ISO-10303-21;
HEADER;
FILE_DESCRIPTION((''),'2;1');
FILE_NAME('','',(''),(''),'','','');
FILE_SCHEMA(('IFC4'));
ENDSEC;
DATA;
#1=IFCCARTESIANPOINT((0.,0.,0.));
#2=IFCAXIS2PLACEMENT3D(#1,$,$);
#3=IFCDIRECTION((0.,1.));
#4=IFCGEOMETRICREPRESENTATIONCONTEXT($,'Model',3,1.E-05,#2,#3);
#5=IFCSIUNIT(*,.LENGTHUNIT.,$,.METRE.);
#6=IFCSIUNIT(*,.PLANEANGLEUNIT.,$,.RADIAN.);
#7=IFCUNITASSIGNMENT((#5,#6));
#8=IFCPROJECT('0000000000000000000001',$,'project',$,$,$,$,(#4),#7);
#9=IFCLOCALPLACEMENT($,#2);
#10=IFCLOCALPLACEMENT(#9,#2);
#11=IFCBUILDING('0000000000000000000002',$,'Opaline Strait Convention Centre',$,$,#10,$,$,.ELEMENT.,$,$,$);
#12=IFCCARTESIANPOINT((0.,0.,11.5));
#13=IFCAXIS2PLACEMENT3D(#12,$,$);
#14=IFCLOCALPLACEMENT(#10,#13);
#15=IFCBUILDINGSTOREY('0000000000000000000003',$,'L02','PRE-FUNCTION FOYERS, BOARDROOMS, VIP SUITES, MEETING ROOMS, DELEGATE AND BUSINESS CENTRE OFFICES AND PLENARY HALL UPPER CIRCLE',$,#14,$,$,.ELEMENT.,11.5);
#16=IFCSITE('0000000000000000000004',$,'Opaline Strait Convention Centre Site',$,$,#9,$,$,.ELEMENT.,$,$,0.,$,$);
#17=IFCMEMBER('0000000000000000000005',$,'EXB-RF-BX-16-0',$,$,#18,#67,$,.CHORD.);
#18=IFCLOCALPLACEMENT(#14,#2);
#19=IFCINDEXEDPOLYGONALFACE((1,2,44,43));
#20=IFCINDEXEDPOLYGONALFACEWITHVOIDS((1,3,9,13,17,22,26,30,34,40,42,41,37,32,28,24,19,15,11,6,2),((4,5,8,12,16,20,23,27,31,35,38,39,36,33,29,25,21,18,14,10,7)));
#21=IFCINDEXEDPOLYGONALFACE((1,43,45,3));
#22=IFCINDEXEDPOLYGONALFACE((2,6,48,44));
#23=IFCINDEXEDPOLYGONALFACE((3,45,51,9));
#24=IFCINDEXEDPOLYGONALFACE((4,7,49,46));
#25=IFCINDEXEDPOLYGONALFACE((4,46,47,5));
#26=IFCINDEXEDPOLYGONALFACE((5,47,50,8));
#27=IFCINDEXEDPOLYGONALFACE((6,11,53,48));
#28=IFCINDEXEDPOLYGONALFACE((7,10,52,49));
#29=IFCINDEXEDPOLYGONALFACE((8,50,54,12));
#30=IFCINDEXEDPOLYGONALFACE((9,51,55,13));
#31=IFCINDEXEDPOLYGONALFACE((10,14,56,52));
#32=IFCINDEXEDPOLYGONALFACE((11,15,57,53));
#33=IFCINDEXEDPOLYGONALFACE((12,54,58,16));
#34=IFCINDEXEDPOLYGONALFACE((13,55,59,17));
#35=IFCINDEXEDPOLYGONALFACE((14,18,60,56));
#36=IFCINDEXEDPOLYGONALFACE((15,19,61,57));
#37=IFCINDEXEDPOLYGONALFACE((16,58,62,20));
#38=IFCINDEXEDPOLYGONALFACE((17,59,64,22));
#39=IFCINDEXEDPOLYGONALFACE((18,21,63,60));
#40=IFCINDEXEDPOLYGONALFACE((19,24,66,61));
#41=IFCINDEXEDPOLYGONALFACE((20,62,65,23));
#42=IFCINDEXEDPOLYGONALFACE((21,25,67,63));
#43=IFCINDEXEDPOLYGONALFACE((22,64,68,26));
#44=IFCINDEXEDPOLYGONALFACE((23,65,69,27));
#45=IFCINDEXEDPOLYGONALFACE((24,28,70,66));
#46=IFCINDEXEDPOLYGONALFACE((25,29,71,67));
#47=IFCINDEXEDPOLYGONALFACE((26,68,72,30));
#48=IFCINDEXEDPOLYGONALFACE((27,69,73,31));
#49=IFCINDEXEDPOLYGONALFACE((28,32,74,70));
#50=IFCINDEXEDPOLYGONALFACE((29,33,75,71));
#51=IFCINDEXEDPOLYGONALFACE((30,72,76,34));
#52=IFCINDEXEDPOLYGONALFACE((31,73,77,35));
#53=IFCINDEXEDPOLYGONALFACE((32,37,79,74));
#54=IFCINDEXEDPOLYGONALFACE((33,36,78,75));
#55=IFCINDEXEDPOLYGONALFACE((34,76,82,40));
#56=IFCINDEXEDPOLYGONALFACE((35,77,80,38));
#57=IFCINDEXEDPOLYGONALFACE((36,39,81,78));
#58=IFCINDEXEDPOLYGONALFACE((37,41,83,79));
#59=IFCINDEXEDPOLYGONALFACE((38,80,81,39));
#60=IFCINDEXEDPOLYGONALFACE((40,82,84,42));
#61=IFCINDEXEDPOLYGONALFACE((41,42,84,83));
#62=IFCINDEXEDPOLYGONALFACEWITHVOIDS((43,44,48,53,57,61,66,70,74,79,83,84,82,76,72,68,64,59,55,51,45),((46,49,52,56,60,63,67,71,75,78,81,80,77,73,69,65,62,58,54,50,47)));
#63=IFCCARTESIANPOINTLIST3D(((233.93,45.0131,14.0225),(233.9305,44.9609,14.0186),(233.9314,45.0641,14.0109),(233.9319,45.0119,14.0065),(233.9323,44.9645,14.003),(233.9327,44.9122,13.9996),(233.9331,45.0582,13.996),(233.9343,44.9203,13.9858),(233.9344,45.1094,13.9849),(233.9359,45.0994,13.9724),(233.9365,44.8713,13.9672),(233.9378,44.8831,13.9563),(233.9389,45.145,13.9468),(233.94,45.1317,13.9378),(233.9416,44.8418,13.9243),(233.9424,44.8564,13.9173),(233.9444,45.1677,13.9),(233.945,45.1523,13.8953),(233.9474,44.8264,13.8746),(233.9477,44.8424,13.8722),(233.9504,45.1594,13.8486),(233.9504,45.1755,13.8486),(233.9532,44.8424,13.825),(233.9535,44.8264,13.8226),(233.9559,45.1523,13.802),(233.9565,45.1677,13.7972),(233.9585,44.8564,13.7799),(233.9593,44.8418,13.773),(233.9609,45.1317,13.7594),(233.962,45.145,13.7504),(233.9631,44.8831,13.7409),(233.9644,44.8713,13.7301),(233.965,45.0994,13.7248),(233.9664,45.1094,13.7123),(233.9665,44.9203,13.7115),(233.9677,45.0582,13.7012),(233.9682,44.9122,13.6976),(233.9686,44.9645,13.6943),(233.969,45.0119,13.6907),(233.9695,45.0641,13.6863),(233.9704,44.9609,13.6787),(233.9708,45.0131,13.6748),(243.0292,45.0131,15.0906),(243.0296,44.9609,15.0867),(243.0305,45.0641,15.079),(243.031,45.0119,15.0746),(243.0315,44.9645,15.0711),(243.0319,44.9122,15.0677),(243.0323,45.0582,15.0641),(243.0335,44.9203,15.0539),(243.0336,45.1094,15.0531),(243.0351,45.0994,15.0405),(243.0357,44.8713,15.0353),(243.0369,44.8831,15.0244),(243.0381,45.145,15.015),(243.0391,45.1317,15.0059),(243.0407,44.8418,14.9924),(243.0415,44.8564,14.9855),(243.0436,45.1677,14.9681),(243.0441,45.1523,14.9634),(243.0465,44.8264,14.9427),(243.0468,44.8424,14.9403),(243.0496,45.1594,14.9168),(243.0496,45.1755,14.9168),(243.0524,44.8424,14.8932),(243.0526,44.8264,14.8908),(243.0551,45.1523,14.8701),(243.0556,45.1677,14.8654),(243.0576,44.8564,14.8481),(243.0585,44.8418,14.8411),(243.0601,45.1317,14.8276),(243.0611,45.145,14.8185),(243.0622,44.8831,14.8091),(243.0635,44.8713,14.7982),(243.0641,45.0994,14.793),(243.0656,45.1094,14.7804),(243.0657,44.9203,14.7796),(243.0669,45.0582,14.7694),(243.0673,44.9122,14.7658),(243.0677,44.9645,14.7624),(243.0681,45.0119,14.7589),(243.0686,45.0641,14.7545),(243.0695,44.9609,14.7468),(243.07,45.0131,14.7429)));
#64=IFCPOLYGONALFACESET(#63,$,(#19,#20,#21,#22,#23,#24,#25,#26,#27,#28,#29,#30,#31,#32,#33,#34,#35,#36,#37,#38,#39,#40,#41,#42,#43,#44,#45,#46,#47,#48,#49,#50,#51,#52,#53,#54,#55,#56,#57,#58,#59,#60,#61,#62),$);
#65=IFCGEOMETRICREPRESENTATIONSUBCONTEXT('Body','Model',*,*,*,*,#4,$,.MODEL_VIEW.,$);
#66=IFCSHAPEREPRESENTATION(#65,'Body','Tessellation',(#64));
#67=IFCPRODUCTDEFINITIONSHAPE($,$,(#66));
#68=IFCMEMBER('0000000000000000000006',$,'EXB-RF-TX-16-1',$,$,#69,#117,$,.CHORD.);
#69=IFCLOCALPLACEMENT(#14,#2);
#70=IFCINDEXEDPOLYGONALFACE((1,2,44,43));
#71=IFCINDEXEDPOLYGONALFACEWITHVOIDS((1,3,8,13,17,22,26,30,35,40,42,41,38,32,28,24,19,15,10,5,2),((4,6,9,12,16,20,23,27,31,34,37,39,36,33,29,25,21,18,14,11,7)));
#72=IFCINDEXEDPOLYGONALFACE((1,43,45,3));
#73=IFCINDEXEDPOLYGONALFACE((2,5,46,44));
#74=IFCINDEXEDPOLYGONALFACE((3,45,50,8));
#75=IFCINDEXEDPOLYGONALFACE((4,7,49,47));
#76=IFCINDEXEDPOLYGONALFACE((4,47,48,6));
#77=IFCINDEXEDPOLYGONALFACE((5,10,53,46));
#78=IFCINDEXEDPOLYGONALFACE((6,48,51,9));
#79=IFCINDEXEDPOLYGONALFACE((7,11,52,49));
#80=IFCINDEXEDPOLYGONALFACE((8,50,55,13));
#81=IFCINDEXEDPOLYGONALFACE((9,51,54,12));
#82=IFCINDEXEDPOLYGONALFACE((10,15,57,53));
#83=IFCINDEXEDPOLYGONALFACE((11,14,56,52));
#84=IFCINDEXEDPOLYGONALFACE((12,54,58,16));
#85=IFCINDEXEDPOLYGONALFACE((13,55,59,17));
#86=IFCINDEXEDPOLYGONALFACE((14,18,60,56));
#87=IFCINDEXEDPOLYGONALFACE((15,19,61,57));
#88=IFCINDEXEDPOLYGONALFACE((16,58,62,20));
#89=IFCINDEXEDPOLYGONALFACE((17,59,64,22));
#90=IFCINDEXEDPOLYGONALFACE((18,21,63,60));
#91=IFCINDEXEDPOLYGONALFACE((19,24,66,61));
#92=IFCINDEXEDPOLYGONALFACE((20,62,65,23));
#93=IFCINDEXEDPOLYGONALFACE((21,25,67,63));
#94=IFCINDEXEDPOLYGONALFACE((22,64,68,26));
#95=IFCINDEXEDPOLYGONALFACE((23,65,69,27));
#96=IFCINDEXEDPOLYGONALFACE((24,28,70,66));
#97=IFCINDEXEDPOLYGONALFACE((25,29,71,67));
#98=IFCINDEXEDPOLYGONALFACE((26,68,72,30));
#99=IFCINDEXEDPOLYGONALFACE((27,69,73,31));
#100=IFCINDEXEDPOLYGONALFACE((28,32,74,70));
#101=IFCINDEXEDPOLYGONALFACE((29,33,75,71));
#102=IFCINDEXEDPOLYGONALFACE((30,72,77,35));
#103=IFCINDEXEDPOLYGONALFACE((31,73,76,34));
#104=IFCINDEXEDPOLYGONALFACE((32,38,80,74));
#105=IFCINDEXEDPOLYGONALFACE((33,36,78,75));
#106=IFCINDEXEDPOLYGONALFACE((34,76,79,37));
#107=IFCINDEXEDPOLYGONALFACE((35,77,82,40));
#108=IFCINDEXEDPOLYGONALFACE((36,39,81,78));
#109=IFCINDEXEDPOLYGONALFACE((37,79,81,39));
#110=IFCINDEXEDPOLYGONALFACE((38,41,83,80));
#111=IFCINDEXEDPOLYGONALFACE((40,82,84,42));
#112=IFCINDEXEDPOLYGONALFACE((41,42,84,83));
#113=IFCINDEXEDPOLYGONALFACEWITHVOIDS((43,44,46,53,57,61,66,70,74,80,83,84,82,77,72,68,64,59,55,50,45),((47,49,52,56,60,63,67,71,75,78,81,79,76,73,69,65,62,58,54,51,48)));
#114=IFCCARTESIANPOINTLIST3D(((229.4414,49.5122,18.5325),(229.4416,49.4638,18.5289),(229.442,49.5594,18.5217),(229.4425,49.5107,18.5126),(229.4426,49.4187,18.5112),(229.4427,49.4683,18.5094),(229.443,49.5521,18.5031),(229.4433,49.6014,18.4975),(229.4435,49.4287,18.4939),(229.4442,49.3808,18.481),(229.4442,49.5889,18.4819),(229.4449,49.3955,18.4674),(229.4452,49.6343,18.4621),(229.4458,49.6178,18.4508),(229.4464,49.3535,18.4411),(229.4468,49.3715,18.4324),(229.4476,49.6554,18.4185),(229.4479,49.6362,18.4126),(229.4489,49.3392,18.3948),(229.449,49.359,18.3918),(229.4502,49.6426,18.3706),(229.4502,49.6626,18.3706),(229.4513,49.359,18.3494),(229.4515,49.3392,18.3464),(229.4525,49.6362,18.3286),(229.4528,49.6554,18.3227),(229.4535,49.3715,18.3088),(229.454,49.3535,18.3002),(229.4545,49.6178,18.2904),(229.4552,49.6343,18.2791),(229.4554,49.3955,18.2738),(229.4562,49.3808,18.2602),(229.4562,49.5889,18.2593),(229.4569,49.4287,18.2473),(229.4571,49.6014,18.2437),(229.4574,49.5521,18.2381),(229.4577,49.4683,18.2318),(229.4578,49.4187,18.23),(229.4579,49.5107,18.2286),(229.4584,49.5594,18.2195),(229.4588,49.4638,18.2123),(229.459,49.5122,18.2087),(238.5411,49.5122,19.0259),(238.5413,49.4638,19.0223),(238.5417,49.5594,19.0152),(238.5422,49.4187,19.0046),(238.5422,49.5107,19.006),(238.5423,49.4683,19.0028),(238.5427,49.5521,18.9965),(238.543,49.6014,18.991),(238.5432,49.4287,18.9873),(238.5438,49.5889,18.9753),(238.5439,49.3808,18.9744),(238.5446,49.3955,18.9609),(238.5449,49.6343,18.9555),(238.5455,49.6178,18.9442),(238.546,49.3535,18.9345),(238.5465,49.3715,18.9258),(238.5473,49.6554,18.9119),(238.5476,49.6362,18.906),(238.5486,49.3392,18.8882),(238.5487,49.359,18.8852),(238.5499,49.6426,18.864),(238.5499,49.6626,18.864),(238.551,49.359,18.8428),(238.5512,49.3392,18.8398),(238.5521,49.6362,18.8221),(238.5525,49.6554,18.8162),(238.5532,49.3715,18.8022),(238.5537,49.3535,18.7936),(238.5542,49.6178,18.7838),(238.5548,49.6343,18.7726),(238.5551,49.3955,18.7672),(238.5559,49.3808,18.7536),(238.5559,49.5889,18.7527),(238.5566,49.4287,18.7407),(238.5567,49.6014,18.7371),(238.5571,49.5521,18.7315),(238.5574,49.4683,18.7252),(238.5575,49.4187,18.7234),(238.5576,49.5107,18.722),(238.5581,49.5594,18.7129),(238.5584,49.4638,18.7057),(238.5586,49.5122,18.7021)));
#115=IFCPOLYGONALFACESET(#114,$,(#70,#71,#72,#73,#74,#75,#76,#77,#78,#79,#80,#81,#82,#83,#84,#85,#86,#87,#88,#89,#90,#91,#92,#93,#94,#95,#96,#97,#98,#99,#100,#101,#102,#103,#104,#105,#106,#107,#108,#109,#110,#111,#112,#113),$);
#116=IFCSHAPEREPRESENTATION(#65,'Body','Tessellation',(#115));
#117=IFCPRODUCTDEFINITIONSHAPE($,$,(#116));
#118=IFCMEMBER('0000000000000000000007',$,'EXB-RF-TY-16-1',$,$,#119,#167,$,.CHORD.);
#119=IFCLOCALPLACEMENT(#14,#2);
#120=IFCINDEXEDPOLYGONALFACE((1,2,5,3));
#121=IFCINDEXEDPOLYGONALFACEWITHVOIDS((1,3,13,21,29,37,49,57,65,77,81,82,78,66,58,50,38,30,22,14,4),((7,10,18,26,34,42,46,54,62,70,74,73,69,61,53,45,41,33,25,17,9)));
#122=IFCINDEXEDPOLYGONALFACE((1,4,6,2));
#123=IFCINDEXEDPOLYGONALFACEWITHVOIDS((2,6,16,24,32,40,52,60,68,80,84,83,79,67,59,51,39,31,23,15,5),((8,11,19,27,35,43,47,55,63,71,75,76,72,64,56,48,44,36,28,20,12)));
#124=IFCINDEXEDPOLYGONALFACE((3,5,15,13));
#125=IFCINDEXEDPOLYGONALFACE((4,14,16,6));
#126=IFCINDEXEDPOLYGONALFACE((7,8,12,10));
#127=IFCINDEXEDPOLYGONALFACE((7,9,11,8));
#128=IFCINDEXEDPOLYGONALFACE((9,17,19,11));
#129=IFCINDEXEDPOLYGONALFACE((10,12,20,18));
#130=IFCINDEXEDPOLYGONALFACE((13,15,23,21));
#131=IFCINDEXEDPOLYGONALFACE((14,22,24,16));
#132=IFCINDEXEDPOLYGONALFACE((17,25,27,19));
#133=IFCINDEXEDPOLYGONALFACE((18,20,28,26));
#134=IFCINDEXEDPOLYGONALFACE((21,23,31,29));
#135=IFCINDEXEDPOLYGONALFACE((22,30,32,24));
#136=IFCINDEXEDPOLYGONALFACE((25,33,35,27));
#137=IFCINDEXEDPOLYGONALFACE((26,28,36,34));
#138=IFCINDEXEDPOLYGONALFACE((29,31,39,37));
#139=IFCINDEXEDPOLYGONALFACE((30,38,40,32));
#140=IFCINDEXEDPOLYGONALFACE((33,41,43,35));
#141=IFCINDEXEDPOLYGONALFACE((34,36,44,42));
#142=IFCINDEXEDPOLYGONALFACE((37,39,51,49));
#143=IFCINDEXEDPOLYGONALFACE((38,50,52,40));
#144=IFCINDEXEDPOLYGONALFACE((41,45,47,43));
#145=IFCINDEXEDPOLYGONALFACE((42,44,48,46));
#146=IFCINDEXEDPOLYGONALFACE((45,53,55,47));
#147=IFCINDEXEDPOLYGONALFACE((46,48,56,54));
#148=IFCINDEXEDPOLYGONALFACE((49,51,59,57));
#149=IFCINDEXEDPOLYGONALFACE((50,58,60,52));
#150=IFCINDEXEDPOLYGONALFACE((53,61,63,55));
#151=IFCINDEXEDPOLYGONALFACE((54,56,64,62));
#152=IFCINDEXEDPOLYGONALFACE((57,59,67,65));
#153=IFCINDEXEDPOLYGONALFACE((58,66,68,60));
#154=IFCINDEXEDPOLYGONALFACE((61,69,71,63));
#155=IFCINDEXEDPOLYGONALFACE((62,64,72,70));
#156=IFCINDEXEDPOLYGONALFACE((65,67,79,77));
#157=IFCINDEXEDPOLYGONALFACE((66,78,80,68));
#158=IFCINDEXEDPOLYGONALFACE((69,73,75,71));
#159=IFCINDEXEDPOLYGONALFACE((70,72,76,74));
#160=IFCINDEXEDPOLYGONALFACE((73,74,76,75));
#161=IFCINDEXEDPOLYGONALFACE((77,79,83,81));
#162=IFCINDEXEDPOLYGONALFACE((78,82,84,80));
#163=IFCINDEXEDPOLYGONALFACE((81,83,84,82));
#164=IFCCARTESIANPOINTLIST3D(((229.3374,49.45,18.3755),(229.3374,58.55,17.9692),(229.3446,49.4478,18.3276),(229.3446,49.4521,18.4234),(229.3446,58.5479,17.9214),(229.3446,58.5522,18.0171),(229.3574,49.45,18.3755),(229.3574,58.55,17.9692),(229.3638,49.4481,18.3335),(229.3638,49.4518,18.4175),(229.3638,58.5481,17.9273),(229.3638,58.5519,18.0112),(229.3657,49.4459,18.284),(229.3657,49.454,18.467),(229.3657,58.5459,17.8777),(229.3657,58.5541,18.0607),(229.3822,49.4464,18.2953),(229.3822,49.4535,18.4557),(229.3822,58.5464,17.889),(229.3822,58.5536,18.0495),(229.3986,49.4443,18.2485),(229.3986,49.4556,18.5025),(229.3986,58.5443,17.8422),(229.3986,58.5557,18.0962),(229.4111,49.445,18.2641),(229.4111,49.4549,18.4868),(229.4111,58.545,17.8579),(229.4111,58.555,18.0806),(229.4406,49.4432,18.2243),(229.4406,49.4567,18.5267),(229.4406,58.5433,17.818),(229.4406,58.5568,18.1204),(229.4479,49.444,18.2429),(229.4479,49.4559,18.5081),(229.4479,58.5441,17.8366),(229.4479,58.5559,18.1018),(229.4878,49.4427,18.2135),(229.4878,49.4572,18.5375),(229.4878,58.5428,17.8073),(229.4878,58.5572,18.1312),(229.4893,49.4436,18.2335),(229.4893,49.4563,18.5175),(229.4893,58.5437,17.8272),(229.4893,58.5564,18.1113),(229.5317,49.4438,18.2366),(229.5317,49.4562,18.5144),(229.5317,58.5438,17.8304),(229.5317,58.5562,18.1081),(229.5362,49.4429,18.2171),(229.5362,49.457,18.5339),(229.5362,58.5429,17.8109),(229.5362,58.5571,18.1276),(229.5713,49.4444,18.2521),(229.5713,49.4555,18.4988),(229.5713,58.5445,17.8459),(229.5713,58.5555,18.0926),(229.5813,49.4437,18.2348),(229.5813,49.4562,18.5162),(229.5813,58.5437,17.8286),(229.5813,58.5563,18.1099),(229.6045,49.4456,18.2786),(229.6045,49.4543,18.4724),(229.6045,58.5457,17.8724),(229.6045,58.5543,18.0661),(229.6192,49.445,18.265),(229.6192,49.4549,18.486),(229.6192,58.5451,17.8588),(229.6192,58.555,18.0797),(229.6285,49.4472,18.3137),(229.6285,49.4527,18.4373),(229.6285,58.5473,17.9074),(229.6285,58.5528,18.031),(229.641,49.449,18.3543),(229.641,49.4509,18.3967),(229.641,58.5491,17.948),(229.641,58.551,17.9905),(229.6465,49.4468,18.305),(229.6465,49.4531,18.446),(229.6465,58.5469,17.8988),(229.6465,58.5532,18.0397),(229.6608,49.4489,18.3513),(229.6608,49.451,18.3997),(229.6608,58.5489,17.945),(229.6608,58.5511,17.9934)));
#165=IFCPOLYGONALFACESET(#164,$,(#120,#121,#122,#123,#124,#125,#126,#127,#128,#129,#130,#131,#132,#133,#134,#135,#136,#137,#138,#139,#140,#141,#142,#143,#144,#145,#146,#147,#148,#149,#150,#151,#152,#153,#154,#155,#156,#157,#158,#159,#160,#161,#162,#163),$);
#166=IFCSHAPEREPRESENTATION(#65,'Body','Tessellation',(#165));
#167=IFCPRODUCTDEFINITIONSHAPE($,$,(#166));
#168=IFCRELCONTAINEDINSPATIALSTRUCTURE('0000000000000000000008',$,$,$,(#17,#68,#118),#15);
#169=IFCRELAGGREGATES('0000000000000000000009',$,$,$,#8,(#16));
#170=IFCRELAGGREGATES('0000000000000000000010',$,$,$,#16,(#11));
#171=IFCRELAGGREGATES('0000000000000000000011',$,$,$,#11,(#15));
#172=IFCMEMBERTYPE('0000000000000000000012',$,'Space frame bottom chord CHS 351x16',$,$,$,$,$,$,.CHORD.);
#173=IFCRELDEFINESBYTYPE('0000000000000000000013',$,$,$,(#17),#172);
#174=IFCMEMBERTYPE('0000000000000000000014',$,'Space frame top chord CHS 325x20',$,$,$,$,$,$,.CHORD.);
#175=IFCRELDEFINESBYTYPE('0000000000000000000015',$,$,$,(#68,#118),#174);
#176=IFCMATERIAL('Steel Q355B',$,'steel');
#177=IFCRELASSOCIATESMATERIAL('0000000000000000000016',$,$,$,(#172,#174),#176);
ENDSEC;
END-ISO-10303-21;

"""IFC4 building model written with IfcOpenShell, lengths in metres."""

from ifc_helpers import new_model, si_unit, direction, frame, origin, origin_2d, place, context, subcontext, project, spatial, hollow_circle, extrude, material, material_profile, profile_set, type_object, element, save


model = new_model("IFC4")

# Units and contexts
model_context = context("Model", 3, precision=1e-05, world=origin(), true_north=direction((0.0, 1.0)))
body_context = subcontext(model_context, "Body", "Model", "MODEL_VIEW")
ifc_project = project(units=[si_unit("LENGTHUNIT", "METRE"), si_unit("PLANEANGLEUNIT", "RADIAN")], contexts=[model_context])

# Site, building, storey
site_placement = place(None, origin())
site = spatial("IfcSite", under=ifc_project, at=site_placement, Name="Opaline Strait Convention Centre Site", CompositionType="ELEMENT", RefElevation=0.0)
building_placement = place(site_placement, origin())
building = spatial("IfcBuilding", under=site, at=building_placement, Name="Opaline Strait Convention Centre", CompositionType="ELEMENT")
storey_placement = place(building_placement, frame((0.0, 0.0, 11.5)))
storey = spatial("IfcBuildingStorey", under=building, at=storey_placement, Name="L02", Description="PRE-FUNCTION FOYERS, BOARDROOMS, VIP SUITES, MEETING ROOMS, DELEGATE AND BUSINESS CENTRE OFFICES AND PLENARY HALL UPPER CIRCLE", CompositionType="ELEMENT", Elevation=11.5)

# Members
ifc_material_1 = material(Name="Steel Q355B", Category="steel")
ifc_material_profile_1 = material_profile(ifc_material_1, hollow_circle(Radius=0.1755, WallThickness=0.0161, at=origin_2d()), Name="CHS 351x16")
ifc_profile_set_1 = profile_set([ifc_material_profile_1], Name="Steel Q355B")
member_type_1 = type_object("IfcMemberType", Name="Space frame bottom chord CHS 351x16", PredefinedType="CHORD", material=ifc_profile_set_1)
member_1_placement = place(storey_placement, frame((233.9504, 45.0, 13.8486), z_axis=(0.993181, 0.0, 0.116586), x_axis=(0.0, 1.0, 0.0)))
element("IfcMember", 1, at=member_1_placement, inside=storey, type_object=member_type_1, Name="EXB-RF-BX-16-0", PredefinedType="CHORD", context=body_context, shape_type="SweptSolid", body=[
    extrude(hollow_circle(Radius=0.1755, WallThickness=0.0161, at=origin_2d()), origin(), (0.0, 0.0, 1.0), 9.1616),
])
ifc_material_profile_2 = material_profile(ifc_material_1, hollow_circle(Radius=0.1626, WallThickness=0.02, at=origin_2d()), Name="CHS 325x20")
ifc_profile_set_2 = profile_set([ifc_material_profile_2], Name="Steel Q355B")
member_type_2 = type_object("IfcMemberType", Name="Space frame top chord CHS 325x20", PredefinedType="CHORD", material=ifc_profile_set_2)
member_2_placement = place(storey_placement, frame((229.4502, 49.5, 18.3706), z_axis=(0.998533, 0.0, 0.054143), x_axis=(0.0, 1.0, 0.0)))
element("IfcMember", 2, at=member_2_placement, inside=storey, type_object=member_type_2, Name="EXB-RF-TX-16-1", PredefinedType="CHORD", context=body_context, shape_type="SweptSolid", body=[
    extrude(hollow_circle(Radius=0.1626, WallThickness=0.02, at=origin_2d()), origin(), (0.0, 0.0, 1.0), 9.113),
])
member_3_placement = place(storey_placement, frame((229.5, 49.45, 18.3755), z_axis=(0.0, 0.999005, -0.044598), x_axis=(-1.0, 0.0, 0.0)))
element("IfcMember", 3, at=member_3_placement, inside=storey, type_object=member_type_2, Name="EXB-RF-TY-16-1", PredefinedType="CHORD", context=body_context, shape_type="SweptSolid", body=[
    extrude(hollow_circle(Radius=0.1626, WallThickness=0.02, at=origin_2d()), origin(), (0.0, 0.0, 1.0), 9.1091),
])

save(model, "model.ifc")
